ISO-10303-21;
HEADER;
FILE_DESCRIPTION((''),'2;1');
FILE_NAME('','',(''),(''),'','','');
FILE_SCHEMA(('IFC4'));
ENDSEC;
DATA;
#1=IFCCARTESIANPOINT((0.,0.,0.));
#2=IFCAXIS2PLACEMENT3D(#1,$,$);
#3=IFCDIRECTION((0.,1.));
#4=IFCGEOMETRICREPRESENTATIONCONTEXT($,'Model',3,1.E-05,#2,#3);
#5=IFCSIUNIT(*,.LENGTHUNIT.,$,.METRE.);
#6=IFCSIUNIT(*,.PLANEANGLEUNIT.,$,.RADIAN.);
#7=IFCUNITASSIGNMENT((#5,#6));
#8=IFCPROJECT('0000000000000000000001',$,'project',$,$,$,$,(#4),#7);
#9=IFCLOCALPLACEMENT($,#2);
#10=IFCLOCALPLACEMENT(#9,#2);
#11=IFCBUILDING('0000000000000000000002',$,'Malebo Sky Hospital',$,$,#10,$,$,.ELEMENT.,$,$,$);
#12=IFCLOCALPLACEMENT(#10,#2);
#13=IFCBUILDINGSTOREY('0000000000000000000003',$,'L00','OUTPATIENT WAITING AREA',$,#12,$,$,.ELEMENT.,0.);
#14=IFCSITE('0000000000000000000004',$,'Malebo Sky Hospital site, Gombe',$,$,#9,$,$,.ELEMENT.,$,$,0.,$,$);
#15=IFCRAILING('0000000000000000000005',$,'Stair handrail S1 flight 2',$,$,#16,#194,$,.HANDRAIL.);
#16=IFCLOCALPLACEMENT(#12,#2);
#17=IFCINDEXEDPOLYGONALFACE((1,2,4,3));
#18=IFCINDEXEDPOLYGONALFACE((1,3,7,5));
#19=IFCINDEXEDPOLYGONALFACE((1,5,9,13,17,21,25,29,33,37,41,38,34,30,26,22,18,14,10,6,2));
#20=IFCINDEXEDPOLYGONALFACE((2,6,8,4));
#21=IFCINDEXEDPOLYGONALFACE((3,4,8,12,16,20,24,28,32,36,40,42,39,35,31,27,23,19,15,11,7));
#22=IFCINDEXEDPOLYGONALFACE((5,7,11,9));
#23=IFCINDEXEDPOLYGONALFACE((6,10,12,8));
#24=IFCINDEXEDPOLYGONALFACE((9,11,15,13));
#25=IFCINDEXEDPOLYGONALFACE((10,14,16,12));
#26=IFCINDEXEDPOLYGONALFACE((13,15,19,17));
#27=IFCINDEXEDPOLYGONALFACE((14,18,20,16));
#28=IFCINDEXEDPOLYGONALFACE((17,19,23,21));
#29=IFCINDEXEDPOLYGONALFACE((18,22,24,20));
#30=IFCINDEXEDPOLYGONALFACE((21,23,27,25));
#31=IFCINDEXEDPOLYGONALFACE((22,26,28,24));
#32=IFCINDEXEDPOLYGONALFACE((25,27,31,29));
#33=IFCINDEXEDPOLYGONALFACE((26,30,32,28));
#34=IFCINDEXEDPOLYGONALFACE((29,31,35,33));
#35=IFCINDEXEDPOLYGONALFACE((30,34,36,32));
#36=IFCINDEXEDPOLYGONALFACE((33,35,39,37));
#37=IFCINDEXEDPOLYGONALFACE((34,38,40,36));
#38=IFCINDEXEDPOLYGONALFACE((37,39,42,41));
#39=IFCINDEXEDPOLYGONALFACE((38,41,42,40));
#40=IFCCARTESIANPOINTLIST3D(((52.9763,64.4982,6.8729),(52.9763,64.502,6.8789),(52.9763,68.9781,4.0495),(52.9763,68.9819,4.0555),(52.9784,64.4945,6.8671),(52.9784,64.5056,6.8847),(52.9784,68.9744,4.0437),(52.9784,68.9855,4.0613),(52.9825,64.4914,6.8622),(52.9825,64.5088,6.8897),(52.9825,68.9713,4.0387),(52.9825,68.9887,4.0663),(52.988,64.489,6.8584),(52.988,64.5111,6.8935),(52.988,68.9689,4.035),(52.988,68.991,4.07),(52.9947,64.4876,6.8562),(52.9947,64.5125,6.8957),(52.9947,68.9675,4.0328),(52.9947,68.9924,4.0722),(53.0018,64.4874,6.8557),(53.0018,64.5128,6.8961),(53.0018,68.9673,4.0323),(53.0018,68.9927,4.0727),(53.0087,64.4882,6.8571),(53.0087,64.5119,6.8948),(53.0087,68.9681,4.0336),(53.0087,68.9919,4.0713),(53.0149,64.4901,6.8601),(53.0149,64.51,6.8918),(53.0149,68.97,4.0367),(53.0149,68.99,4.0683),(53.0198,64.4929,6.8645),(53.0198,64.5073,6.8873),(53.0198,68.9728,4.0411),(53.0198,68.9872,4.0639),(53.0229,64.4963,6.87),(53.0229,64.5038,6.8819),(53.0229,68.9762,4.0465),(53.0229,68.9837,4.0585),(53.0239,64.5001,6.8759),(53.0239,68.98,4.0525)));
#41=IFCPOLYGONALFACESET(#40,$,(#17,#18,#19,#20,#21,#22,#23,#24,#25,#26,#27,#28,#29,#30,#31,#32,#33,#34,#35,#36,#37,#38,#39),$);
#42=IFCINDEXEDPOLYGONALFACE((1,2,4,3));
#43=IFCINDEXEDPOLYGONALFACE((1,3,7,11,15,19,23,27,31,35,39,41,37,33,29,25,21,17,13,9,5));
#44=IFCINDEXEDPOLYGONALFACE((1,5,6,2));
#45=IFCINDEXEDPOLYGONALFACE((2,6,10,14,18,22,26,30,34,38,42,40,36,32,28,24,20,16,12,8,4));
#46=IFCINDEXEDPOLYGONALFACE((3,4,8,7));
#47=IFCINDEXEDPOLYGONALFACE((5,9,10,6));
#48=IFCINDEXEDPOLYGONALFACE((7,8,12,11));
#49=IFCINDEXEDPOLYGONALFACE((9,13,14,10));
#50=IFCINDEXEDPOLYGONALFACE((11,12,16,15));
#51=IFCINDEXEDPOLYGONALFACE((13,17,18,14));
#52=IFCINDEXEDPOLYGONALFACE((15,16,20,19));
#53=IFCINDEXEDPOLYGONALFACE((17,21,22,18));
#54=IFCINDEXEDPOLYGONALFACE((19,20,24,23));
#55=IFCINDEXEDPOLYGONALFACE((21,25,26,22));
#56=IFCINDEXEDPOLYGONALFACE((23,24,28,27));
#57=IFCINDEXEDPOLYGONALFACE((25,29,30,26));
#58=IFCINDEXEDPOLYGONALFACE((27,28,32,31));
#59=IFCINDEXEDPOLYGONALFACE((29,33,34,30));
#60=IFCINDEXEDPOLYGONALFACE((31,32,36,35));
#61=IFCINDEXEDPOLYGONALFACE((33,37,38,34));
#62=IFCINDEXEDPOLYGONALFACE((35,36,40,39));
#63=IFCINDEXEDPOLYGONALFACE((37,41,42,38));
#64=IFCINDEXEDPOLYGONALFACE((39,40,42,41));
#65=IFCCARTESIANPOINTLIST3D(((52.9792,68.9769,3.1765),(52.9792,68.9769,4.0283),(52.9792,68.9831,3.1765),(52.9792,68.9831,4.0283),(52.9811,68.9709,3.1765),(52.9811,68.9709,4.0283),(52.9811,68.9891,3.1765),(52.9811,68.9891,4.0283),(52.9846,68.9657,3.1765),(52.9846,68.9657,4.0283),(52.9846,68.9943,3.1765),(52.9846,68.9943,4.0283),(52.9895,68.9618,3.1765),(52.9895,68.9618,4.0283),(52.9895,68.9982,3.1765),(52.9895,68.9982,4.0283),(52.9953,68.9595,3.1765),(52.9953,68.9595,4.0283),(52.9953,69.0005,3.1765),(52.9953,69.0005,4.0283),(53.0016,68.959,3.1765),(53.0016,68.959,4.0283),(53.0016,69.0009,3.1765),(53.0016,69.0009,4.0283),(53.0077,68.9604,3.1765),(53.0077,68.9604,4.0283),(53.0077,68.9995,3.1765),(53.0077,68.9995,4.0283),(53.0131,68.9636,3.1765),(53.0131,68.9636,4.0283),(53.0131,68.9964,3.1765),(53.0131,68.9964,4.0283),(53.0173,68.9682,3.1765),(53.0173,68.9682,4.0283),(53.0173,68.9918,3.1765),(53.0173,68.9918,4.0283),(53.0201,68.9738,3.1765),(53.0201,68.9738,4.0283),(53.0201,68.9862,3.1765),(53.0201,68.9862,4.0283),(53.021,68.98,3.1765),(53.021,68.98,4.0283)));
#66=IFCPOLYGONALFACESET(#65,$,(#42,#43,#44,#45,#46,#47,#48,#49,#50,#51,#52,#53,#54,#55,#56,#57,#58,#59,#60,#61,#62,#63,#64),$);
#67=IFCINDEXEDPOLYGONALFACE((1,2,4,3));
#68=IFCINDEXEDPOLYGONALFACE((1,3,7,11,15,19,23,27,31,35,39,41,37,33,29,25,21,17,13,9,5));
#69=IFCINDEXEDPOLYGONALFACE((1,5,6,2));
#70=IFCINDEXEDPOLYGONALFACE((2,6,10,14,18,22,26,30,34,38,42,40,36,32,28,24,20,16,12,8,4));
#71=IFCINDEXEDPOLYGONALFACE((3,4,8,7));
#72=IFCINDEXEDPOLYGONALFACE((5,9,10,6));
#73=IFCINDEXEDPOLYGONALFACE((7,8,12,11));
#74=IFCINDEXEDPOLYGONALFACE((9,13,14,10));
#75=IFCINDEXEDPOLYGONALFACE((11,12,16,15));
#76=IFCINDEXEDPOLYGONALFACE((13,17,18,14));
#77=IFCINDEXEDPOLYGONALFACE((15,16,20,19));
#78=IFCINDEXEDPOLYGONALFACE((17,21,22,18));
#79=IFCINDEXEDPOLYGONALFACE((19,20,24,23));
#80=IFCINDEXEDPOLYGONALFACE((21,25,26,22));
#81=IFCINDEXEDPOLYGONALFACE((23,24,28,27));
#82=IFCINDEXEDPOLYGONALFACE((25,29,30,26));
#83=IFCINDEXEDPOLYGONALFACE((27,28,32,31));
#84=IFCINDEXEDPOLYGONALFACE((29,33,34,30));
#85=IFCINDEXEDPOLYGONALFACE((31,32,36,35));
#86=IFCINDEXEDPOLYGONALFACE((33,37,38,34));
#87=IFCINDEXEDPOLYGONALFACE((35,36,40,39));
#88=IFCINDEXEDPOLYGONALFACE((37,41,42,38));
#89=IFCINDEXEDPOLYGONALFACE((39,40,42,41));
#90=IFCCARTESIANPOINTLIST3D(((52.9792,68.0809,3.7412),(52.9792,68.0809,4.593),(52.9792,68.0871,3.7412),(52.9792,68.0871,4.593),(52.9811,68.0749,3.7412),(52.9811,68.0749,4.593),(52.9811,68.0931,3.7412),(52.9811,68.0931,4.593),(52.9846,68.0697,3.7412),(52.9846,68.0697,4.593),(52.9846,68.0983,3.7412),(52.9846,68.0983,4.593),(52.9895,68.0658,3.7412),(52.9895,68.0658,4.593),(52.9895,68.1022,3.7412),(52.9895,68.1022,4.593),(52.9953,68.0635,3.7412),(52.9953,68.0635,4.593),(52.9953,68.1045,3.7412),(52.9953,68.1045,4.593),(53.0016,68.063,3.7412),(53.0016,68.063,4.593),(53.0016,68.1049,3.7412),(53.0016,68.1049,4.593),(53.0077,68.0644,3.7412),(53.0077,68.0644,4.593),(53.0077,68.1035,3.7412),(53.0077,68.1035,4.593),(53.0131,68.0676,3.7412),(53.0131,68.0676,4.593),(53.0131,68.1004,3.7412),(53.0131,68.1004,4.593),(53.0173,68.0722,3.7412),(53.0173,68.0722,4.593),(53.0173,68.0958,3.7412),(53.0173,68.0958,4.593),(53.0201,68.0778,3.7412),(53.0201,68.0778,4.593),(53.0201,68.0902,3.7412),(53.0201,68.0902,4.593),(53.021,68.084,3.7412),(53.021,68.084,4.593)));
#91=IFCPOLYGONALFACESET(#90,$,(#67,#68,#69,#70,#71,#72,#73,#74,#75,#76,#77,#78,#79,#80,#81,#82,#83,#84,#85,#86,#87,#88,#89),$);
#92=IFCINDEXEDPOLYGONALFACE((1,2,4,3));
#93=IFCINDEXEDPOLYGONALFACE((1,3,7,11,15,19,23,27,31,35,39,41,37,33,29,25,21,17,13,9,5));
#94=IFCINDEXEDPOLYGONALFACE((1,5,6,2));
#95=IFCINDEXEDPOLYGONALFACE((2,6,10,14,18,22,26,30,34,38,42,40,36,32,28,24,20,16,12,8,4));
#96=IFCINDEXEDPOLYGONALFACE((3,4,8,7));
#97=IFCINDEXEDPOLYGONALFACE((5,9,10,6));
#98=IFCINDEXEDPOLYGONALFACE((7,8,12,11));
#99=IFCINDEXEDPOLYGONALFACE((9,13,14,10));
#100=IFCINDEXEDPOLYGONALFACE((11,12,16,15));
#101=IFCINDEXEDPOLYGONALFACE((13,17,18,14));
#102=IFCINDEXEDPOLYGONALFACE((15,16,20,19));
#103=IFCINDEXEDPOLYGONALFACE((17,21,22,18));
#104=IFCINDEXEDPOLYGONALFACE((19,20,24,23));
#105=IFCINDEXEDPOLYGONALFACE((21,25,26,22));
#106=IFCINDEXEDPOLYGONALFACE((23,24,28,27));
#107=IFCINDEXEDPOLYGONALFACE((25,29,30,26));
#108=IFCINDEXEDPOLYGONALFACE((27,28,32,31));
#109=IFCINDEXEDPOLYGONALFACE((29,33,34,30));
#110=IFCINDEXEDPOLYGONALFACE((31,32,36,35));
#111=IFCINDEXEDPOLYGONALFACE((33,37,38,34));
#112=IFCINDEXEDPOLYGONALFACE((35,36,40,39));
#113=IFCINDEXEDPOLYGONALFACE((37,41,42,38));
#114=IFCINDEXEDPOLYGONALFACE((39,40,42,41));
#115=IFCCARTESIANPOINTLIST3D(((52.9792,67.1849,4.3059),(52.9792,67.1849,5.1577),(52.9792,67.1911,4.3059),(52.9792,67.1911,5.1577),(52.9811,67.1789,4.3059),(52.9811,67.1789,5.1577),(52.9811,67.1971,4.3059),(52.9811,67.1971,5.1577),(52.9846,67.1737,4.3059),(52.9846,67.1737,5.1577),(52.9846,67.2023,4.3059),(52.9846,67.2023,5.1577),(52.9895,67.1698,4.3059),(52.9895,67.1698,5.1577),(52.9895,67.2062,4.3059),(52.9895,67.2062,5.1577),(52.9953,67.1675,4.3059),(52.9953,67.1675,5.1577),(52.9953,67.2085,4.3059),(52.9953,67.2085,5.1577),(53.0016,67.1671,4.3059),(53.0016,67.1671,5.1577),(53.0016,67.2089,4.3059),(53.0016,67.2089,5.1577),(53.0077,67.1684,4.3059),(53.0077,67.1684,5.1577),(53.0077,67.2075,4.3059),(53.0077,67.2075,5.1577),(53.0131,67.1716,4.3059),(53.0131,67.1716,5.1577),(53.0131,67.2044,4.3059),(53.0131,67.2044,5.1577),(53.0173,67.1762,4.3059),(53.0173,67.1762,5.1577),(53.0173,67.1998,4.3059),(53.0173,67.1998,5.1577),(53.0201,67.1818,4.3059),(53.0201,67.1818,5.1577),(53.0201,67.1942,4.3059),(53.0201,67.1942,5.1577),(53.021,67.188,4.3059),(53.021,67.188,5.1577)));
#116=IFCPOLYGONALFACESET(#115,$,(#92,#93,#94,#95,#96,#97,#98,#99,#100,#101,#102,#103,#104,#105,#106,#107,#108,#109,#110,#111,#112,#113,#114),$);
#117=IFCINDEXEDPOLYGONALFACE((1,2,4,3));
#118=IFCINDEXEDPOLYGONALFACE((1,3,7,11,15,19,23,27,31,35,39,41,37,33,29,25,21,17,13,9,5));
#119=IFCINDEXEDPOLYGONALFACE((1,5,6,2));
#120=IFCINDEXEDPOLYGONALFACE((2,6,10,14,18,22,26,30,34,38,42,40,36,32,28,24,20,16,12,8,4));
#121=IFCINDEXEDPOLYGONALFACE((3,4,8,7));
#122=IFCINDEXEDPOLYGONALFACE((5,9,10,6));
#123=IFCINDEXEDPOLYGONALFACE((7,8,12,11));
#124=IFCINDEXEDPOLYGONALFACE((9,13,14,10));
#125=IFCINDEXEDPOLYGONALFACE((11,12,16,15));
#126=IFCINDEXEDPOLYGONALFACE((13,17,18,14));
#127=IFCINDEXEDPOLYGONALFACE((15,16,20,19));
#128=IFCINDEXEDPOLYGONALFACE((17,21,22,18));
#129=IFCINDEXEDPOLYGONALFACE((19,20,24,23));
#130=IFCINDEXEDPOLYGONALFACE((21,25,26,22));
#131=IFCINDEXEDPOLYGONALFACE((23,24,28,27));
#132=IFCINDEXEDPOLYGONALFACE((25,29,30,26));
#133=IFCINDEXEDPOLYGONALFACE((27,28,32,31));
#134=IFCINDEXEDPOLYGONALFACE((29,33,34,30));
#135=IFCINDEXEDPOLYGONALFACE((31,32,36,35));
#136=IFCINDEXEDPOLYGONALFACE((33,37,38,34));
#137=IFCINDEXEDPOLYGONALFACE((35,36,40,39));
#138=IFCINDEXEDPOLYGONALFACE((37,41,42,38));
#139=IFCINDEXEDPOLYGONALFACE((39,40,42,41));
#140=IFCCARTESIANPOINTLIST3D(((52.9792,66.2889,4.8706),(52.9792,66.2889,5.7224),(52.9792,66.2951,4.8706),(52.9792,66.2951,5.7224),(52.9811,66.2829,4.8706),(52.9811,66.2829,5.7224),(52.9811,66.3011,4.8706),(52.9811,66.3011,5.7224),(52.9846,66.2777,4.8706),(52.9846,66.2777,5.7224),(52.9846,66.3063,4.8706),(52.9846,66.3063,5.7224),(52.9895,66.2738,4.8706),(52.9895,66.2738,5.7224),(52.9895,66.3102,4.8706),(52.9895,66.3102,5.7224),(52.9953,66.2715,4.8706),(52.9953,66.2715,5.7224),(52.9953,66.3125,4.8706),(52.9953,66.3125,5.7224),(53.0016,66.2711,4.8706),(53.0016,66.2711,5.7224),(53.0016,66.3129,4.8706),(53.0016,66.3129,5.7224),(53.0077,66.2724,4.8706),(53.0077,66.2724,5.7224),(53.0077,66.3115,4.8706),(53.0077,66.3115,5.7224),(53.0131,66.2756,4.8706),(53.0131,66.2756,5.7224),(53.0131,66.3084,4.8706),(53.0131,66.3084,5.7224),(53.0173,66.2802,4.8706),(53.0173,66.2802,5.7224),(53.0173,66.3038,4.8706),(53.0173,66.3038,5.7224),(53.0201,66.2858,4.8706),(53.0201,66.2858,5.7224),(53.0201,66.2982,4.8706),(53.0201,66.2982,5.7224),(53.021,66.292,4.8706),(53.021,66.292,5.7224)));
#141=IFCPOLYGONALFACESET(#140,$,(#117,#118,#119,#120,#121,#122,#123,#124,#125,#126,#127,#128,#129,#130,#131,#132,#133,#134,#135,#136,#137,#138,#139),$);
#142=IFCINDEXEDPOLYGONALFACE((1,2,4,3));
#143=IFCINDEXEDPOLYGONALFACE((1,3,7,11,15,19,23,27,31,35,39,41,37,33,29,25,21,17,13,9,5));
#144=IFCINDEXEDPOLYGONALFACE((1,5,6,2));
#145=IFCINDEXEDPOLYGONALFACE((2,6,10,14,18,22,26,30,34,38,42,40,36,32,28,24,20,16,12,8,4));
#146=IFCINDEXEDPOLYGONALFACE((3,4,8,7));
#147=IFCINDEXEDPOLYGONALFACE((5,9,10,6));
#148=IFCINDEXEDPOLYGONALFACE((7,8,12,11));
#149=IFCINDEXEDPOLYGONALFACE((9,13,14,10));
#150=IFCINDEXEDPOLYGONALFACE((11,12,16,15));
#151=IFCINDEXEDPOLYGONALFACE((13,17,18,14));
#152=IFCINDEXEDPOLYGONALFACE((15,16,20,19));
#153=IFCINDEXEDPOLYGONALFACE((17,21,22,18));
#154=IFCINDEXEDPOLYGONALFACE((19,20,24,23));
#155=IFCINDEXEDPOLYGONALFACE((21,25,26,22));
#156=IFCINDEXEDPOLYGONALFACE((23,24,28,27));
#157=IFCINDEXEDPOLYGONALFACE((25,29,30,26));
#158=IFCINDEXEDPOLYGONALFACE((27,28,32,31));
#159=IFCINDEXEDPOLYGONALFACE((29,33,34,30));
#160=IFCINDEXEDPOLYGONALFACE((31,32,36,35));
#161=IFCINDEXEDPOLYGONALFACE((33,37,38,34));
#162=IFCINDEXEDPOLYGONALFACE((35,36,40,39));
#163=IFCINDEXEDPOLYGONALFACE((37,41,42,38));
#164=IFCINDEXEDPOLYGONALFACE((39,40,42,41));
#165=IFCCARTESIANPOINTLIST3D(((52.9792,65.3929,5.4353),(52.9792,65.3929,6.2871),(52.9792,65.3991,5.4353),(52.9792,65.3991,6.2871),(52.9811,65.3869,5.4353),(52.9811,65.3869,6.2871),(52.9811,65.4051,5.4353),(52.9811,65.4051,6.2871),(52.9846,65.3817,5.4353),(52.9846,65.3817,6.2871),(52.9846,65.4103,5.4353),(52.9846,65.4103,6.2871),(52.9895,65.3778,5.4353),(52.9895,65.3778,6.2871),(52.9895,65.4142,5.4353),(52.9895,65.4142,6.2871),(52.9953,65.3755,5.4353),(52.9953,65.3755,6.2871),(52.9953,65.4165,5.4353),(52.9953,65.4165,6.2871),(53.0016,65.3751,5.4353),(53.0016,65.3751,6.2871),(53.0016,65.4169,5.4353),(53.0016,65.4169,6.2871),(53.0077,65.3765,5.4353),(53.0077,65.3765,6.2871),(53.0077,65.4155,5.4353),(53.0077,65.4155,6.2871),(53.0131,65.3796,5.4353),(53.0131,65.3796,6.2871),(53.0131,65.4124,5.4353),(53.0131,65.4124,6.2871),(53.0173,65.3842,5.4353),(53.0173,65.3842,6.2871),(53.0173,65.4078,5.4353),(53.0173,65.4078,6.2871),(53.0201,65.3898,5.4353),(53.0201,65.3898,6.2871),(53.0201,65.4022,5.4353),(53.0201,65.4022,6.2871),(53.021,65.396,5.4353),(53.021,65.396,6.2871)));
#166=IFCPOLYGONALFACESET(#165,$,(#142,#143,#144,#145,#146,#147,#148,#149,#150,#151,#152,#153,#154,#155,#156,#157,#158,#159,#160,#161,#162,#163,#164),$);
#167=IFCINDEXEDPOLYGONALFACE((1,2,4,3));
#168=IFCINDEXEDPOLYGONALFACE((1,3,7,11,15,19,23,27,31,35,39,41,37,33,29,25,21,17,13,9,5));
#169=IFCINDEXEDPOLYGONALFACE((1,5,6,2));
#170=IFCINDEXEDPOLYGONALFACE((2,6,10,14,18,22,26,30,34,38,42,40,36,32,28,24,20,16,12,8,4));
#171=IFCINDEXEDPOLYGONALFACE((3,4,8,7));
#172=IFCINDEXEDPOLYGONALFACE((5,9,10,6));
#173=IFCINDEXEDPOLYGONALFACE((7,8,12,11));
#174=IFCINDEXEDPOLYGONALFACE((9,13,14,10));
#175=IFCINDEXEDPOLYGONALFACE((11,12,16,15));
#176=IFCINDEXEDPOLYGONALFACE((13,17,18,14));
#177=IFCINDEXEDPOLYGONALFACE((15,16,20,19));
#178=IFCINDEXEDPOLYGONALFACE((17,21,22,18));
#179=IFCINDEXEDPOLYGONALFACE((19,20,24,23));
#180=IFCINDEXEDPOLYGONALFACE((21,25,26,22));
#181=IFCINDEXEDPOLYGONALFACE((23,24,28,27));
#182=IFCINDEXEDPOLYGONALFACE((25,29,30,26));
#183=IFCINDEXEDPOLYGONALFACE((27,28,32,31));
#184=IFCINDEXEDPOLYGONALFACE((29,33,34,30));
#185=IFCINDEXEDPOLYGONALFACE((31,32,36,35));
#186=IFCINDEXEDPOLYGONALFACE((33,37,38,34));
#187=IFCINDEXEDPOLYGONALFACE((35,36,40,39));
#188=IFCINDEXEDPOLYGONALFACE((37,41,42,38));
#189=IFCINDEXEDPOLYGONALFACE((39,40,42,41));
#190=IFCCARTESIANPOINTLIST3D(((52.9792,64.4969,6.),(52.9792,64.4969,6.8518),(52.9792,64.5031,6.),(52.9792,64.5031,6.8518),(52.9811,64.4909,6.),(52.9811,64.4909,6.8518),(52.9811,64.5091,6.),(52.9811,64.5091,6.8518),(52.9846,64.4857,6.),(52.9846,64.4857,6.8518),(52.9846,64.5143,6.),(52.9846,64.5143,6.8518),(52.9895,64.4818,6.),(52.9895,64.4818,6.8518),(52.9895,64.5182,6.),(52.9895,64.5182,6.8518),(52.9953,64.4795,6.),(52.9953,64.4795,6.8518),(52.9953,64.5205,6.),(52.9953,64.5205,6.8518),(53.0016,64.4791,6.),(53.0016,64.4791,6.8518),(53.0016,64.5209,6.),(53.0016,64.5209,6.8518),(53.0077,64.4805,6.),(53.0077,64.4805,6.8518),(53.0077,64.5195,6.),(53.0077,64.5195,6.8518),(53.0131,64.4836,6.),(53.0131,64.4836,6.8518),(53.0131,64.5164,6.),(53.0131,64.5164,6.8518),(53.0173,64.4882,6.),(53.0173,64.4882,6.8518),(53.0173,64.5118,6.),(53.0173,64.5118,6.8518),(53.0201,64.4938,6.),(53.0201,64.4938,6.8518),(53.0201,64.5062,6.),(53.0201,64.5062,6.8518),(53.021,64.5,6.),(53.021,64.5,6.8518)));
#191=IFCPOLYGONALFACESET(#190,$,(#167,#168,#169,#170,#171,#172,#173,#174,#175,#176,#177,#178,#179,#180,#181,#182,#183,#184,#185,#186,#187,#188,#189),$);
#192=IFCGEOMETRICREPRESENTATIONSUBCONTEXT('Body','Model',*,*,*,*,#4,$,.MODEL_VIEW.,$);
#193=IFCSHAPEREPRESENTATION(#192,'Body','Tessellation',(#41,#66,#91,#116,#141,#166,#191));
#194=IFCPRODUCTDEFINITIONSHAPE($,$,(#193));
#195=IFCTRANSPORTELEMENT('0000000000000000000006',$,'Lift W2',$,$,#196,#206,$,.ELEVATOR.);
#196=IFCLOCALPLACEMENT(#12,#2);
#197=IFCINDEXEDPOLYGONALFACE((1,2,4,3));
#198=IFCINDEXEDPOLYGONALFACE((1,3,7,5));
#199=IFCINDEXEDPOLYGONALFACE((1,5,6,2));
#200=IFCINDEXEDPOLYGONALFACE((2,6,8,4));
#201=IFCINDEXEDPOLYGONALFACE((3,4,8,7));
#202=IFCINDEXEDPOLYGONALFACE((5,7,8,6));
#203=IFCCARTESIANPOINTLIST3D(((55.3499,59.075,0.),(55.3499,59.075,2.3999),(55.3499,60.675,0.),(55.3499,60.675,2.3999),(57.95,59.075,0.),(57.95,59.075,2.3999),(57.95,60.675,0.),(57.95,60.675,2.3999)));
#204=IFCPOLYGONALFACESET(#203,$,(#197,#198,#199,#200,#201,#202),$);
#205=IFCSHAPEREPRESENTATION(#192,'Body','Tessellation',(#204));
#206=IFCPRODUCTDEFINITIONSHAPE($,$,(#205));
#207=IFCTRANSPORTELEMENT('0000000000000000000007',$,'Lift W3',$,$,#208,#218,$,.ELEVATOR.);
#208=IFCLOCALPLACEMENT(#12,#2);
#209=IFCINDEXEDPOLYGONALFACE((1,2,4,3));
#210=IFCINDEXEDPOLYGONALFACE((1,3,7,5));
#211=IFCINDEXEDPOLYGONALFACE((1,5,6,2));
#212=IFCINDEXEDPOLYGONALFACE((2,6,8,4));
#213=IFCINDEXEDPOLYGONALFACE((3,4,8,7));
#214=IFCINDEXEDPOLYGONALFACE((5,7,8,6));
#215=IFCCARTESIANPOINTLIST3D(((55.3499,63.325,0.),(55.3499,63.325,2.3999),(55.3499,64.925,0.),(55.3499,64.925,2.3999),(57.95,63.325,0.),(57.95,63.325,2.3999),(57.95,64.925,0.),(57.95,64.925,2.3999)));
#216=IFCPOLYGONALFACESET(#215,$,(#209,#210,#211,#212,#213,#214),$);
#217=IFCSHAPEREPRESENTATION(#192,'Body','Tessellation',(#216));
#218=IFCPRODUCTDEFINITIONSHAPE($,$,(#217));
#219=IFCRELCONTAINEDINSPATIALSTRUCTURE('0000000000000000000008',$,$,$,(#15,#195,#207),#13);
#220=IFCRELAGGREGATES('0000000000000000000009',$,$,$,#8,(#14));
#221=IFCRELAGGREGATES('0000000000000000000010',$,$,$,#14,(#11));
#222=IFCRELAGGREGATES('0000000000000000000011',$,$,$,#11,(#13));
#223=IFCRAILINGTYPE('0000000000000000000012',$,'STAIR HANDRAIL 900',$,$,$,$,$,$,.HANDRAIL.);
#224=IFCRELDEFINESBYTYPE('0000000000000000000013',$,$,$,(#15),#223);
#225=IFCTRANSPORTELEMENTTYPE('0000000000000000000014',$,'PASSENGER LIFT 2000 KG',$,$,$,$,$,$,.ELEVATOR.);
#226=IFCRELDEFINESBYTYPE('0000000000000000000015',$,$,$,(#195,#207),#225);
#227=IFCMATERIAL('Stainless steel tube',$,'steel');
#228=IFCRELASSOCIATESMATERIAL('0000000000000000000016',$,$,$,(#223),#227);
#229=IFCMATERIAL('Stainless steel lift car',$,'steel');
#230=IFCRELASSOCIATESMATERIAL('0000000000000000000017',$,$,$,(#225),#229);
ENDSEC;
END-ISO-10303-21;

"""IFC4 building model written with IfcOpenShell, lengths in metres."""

from ifc_helpers import new_model, si_unit, direction, frame, origin, origin_2d, place, context, subcontext, project, spatial, rectangle, circle, extrude, material, type_object, element, save


model = new_model("IFC4")

# Units and contexts
model_context = context("Model", 3, precision=1e-05, world=origin(), true_north=direction((0.0, 1.0)))
body_context = subcontext(model_context, "Body", "Model", "MODEL_VIEW")
ifc_project = project(units=[si_unit("LENGTHUNIT", "METRE"), si_unit("PLANEANGLEUNIT", "RADIAN")], contexts=[model_context])

# Site, building, storey
site_placement = place(None, origin())
site = spatial("IfcSite", under=ifc_project, at=site_placement, Name="Malebo Sky Hospital site, Gombe", CompositionType="ELEMENT", RefElevation=0.0)
building_placement = place(site_placement, origin())
building = spatial("IfcBuilding", under=site, at=building_placement, Name="Malebo Sky Hospital", CompositionType="ELEMENT")
storey_placement = place(building_placement, origin())
storey = spatial("IfcBuildingStorey", under=building, at=storey_placement, Name="L00", Description="OUTPATIENT WAITING AREA", CompositionType="ELEMENT", Elevation=0.0)

# Railing
ifc_material_1 = material(Name="Stainless steel tube", Category="steel")
railing_type = type_object("IfcRailingType", Name="STAIR HANDRAIL 900", PredefinedType="HANDRAIL", material=ifc_material_1)
railing_1_placement = place(storey_placement, frame((53.0, 68.98, 3.1765)))
element("IfcRailing", 1, at=railing_1_placement, inside=storey, type_object=railing_type, Name="Stair handrail S1 flight 2", PredefinedType="HANDRAIL", context=body_context, shape_type="SweptSolid", body=[
    extrude(circle(Radius=0.0239, at=origin_2d()), frame((0.0, 0.0, 0.876), z_axis=(0.0, -0.845998, 0.533186), x_axis=(1.0, 0.0, 0.0)), (0.0, 0.0, 1.0), 5.2954),
    extrude(circle(Radius=0.021, at=origin_2d()), origin(), (0.0, 0.0, 1.0), 0.8518),
    extrude(circle(Radius=0.021, at=origin_2d()), frame((0.0, -0.896, 0.5647)), (0.0, 0.0, 1.0), 0.8518),
    extrude(circle(Radius=0.021, at=origin_2d()), frame((0.0, -1.792, 1.1294)), (0.0, 0.0, 1.0), 0.8518),
    extrude(circle(Radius=0.021, at=origin_2d()), frame((0.0, -2.688, 1.6941)), (0.0, 0.0, 1.0), 0.8518),
    extrude(circle(Radius=0.021, at=origin_2d()), frame((0.0, -3.584, 2.2588)), (0.0, 0.0, 1.0), 0.8518),
    extrude(circle(Radius=0.021, at=origin_2d()), frame((0.0, -4.48, 2.8235)), (0.0, 0.0, 1.0), 0.8518),
])

# Transport elements
ifc_material_2 = material(Name="Stainless steel lift car", Category="steel")
transport_element_type = type_object("IfcTransportElementType", Name="PASSENGER LIFT 2000 KG", PredefinedType="ELEVATOR", material=ifc_material_2)
for number, where, name in (
    (2, (56.6499, 59.875, 0.0), "Lift W2"),
    (3, (56.6499, 64.125, 0.0), "Lift W3"),
):
    element("IfcTransportElement", number, at=place(storey_placement, frame(where)), inside=storey, type_object=transport_element_type, Name=name, PredefinedType="ELEVATOR", context=body_context, shape_type="SweptSolid", body=[
        extrude(rectangle(XDim=2.6001, YDim=1.6001, at=origin_2d()), origin(), (0.0, 0.0, 1.0), 2.3999),
    ])

save(model, "model.ifc")
